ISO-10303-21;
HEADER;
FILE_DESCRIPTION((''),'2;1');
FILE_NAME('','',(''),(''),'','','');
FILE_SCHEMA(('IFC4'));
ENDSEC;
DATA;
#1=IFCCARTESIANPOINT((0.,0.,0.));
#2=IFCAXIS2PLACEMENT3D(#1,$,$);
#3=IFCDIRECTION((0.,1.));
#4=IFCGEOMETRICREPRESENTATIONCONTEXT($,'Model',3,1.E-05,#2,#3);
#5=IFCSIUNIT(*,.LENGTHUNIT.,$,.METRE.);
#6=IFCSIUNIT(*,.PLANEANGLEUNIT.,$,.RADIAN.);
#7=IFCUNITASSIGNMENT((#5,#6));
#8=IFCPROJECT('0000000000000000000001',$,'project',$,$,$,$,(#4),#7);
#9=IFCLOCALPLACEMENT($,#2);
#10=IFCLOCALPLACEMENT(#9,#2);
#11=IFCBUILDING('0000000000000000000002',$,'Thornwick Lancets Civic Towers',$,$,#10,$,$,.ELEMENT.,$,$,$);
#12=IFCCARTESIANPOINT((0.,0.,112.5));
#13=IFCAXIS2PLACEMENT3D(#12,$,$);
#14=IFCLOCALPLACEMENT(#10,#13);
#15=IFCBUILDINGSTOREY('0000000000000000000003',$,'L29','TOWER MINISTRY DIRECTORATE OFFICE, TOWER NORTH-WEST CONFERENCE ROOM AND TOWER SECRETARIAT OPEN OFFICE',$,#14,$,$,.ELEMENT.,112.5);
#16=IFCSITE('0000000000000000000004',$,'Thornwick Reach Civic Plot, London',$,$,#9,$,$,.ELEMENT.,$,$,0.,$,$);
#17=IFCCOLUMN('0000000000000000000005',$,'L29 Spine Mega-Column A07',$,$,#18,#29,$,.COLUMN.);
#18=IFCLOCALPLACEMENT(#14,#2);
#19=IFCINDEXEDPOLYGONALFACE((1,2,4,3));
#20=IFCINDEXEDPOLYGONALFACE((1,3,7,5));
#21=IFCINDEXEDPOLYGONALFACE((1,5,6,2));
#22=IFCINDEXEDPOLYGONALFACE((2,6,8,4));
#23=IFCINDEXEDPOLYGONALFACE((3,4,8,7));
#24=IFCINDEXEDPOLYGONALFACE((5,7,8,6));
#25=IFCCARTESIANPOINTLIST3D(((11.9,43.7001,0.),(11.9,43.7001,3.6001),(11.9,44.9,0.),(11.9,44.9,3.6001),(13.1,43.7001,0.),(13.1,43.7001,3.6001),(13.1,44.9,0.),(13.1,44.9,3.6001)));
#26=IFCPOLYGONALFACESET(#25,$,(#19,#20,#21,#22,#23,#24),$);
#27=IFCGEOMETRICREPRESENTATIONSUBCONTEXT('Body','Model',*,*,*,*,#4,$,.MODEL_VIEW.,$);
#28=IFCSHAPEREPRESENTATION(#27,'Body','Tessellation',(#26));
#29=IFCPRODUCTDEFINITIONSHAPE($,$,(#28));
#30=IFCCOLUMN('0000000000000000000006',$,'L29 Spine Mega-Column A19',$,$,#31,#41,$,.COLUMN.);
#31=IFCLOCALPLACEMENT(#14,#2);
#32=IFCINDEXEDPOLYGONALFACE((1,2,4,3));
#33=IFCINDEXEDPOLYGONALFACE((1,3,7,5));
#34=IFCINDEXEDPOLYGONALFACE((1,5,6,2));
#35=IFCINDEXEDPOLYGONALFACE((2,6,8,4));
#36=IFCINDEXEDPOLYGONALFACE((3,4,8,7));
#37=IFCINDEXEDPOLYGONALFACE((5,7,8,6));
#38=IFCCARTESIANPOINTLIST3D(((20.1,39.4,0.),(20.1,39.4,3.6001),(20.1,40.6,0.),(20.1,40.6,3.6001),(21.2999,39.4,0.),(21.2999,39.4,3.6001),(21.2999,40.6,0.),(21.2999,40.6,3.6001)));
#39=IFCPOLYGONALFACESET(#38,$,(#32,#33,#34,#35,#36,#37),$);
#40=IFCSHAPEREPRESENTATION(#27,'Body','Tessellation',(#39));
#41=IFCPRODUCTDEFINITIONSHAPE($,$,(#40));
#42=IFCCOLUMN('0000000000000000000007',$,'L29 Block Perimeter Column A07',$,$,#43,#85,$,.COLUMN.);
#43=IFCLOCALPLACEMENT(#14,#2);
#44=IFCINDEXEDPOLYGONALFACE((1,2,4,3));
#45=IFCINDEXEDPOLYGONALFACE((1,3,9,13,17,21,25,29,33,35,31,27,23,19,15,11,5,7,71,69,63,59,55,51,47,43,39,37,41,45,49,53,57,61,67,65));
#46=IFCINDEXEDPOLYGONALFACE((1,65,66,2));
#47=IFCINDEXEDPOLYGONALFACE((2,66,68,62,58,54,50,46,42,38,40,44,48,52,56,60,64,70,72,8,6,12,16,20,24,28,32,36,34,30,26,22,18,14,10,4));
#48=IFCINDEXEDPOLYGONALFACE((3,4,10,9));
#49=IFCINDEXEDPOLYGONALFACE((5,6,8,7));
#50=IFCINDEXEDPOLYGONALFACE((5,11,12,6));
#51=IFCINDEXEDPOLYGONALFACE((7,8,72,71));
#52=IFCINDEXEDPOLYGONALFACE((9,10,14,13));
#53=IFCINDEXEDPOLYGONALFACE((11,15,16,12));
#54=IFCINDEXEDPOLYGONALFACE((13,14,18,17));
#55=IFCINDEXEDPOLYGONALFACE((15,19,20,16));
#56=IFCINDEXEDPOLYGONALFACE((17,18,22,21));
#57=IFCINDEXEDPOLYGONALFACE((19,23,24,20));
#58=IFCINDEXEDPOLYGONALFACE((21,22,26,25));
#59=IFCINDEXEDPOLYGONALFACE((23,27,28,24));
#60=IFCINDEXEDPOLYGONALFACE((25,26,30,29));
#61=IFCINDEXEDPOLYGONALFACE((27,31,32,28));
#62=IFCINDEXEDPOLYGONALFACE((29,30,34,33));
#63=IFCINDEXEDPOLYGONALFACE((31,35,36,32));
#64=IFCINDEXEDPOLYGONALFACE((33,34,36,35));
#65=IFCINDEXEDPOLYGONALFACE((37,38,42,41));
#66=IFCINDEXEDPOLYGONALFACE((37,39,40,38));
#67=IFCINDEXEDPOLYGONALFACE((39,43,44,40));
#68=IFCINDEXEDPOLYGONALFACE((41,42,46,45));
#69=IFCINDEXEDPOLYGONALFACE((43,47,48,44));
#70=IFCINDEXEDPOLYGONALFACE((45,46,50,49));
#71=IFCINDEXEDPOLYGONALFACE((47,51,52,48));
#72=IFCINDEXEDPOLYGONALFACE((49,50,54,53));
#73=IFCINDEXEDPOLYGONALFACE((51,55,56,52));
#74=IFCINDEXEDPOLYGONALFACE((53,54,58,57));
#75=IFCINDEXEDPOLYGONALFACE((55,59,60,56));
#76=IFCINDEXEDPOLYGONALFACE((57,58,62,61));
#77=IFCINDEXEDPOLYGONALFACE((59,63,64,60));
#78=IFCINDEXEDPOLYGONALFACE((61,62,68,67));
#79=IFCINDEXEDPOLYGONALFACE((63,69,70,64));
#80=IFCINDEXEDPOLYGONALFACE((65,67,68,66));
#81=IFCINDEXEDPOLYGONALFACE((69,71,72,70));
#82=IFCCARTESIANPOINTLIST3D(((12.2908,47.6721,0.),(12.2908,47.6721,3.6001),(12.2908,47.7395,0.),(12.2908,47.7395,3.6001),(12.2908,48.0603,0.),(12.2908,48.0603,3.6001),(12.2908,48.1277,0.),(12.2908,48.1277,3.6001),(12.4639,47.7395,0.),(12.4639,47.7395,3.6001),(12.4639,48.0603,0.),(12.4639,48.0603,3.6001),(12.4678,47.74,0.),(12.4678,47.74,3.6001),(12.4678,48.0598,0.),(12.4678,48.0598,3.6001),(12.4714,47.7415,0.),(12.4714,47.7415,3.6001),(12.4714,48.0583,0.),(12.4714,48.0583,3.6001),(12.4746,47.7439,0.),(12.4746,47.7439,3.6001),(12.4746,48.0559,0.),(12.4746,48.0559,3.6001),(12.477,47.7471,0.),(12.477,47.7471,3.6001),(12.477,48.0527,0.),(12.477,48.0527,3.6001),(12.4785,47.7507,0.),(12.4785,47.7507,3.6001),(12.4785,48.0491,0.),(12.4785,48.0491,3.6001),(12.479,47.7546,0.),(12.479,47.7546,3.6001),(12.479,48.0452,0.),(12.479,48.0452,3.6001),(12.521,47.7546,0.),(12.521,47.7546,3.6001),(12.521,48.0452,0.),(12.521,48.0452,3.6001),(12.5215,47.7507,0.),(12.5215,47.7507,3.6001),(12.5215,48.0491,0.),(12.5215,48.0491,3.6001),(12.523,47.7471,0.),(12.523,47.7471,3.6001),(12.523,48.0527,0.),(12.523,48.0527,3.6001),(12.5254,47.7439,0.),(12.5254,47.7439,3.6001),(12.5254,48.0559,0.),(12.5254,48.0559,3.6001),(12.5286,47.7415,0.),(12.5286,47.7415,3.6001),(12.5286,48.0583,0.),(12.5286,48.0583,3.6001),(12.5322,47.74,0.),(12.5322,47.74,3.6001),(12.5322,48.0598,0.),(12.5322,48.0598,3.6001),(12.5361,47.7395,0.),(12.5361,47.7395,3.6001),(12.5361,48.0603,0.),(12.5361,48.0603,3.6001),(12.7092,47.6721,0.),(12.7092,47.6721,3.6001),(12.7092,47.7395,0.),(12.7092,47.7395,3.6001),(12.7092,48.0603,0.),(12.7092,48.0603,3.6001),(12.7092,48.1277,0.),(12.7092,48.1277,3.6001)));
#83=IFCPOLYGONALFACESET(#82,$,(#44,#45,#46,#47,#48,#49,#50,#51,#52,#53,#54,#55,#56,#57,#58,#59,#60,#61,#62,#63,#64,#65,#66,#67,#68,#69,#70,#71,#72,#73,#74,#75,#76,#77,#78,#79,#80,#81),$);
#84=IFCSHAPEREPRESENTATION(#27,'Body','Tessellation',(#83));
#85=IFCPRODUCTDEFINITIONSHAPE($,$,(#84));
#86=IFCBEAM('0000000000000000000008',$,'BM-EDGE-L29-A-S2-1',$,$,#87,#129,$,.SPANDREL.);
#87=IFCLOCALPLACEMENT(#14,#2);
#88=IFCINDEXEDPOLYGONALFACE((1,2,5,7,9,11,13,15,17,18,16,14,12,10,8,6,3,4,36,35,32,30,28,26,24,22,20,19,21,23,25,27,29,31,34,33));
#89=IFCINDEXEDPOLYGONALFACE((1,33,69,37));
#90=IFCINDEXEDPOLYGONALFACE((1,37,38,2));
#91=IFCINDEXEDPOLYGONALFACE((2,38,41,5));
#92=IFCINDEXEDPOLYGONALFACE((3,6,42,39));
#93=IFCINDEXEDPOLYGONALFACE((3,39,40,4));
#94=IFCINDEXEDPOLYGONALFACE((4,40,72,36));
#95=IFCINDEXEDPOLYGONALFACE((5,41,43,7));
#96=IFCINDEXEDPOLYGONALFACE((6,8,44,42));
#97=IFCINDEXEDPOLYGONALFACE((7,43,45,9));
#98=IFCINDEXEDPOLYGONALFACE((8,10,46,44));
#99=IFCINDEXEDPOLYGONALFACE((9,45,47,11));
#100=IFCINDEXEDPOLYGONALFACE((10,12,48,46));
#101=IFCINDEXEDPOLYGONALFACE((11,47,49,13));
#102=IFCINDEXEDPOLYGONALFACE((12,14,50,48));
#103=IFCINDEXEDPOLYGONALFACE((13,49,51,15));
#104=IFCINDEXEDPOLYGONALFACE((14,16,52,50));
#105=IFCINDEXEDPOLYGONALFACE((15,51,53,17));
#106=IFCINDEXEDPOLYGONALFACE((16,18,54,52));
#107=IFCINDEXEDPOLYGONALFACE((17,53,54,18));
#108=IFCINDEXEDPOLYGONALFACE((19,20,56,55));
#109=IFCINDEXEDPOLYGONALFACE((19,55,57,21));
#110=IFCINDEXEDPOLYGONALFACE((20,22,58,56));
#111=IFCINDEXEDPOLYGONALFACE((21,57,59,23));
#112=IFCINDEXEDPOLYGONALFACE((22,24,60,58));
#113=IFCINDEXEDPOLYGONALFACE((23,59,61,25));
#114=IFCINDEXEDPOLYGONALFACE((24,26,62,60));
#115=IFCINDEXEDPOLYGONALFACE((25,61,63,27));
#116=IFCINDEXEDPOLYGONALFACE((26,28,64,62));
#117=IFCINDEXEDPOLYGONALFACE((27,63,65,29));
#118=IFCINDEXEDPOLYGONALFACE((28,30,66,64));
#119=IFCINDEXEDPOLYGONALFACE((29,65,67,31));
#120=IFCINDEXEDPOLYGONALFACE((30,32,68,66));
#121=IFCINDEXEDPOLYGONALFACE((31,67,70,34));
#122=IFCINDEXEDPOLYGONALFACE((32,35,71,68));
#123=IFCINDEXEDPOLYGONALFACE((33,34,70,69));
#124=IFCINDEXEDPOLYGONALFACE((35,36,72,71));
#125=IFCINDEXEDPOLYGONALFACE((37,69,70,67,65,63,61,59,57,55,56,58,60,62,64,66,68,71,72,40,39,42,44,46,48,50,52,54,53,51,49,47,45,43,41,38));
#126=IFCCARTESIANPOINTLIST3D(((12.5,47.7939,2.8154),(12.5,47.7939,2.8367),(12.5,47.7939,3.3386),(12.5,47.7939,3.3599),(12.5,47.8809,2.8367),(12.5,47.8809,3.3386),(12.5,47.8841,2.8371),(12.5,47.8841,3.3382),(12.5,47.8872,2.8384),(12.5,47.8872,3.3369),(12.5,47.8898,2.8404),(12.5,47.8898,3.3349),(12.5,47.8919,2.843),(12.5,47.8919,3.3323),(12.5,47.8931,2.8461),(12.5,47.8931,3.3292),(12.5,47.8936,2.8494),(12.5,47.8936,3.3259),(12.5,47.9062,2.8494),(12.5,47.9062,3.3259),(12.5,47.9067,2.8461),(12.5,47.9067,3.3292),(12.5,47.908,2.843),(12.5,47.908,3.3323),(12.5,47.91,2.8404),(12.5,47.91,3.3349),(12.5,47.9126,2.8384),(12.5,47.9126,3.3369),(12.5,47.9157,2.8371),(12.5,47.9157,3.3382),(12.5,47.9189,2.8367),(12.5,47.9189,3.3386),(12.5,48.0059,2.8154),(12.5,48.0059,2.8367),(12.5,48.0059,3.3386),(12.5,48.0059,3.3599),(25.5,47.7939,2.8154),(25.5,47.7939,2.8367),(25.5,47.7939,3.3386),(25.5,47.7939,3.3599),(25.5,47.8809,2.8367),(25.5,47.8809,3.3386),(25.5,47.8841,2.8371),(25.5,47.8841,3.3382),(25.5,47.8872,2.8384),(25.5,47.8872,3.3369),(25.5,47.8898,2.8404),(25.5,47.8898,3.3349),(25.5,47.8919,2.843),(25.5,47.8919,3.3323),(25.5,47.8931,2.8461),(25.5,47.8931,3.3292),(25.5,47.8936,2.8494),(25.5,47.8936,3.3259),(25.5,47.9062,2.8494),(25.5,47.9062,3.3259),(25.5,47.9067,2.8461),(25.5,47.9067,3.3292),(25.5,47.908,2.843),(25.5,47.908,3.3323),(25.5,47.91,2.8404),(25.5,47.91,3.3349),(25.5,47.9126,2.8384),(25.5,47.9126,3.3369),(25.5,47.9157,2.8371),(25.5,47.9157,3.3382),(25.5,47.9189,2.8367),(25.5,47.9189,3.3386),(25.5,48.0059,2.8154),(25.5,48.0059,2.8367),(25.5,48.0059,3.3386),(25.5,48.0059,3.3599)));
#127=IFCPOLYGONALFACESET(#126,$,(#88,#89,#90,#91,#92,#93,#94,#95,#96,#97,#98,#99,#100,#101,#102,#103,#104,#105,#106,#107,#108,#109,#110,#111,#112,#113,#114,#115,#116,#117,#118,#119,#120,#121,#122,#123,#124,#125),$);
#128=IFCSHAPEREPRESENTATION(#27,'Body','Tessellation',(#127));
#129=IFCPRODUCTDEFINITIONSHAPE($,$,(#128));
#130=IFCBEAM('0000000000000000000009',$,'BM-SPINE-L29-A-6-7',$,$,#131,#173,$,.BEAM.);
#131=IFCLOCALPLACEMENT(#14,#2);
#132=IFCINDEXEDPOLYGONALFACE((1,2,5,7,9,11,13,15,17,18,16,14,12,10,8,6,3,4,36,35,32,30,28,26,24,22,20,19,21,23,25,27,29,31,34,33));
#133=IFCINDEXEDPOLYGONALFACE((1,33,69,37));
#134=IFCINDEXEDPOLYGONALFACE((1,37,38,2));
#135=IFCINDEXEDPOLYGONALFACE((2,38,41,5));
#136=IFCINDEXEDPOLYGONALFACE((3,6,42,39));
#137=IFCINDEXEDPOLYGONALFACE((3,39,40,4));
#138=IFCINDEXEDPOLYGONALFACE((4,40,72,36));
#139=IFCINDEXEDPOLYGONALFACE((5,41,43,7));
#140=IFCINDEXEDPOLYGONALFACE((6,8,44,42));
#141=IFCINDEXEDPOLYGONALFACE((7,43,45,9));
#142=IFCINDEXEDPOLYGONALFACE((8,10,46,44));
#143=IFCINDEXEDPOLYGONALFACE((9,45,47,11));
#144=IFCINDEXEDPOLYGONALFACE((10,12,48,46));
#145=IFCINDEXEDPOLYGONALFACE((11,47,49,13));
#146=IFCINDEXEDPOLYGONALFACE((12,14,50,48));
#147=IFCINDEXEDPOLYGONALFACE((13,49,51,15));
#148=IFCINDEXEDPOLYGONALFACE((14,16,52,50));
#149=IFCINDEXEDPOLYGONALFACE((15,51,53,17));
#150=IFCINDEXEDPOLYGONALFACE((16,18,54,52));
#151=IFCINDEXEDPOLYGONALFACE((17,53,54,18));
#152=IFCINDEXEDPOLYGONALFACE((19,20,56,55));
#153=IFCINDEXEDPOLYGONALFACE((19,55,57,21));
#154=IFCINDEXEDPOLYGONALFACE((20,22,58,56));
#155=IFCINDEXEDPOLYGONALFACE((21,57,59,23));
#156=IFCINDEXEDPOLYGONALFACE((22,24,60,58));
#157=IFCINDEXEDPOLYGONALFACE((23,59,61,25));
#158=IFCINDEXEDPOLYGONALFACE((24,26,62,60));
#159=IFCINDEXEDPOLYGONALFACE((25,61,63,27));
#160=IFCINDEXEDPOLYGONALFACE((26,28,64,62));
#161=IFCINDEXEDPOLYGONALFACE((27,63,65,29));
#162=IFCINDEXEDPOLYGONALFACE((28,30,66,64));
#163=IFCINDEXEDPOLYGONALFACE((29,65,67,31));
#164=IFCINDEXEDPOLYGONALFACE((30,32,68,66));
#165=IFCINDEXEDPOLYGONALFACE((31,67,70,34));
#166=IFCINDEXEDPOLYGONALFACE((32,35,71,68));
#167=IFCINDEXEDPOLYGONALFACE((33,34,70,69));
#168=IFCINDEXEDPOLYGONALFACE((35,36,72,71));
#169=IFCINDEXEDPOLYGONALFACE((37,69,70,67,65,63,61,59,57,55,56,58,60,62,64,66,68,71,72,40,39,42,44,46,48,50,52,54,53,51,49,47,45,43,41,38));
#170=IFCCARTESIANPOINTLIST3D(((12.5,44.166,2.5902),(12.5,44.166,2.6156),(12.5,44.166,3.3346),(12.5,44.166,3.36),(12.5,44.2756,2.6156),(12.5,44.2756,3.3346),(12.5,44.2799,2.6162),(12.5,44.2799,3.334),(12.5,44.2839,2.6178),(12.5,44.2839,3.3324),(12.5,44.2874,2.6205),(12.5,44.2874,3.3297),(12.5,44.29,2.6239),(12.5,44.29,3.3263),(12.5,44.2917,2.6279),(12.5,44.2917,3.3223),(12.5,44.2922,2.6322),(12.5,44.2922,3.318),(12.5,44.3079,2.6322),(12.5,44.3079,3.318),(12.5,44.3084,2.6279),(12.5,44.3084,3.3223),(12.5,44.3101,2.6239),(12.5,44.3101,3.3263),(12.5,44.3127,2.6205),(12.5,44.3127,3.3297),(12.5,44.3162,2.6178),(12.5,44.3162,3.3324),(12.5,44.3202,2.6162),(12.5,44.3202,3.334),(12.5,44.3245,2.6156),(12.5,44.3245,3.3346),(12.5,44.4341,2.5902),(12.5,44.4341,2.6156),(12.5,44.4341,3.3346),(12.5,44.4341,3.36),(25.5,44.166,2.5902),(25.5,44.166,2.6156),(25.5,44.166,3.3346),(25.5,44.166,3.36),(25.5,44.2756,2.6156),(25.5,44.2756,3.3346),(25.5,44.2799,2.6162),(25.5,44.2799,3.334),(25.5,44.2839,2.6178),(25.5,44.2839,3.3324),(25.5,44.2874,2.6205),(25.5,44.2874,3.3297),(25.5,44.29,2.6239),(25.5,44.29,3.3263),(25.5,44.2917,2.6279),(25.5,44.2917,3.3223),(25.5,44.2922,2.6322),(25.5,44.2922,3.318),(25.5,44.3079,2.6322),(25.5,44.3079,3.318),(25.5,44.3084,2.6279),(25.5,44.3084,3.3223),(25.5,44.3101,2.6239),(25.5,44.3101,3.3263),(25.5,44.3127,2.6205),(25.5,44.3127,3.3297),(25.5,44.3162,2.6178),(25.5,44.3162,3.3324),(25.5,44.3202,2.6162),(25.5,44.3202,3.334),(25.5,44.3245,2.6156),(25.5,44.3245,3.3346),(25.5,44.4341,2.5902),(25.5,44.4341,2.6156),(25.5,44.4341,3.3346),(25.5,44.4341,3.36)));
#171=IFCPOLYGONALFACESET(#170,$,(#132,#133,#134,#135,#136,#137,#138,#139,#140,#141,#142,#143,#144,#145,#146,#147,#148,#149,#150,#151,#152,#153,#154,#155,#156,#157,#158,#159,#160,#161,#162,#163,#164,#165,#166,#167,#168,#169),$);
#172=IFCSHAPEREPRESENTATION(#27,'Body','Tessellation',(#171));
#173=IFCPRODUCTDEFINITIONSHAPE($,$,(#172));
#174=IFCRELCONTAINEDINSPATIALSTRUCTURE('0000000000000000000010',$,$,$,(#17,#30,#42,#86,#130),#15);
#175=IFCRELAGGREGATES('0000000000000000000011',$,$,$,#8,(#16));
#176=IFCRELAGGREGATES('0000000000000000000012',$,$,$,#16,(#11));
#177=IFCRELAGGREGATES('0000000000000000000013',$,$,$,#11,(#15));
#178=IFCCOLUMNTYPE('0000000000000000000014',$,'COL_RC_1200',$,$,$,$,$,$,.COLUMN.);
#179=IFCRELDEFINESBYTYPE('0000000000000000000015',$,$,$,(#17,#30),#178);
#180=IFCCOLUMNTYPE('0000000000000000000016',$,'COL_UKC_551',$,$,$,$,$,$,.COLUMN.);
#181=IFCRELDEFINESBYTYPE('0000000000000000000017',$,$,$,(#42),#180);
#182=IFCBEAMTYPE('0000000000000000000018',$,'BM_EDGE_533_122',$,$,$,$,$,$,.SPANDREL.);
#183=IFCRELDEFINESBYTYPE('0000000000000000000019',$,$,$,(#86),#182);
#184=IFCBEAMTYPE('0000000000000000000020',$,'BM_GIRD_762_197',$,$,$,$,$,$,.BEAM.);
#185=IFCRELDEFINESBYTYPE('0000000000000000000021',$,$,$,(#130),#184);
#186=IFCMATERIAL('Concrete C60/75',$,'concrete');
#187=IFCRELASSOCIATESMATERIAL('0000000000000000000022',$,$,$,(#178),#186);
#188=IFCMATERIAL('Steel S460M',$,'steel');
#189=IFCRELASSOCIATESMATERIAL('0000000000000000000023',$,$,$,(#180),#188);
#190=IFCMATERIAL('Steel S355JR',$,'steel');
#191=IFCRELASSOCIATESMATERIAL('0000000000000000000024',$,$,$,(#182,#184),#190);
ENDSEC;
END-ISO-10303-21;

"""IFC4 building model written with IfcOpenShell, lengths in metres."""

from ifc_helpers import new_model, si_unit, direction, frame, origin, origin_2d, place, context, subcontext, project, spatial, rectangle, i_section, extrude, material, material_profile, profile_set, type_object, element, save


model = new_model("IFC4")

# Units and contexts
model_context = context("Model", 3, precision=1e-05, world=origin(), true_north=direction((0.0, 1.0)))
body_context = subcontext(model_context, "Body", "Model", "MODEL_VIEW")
ifc_project = project(units=[si_unit("LENGTHUNIT", "METRE"), si_unit("PLANEANGLEUNIT", "RADIAN")], contexts=[model_context])

# Site, building, storey
site_placement = place(None, origin())
site = spatial("IfcSite", under=ifc_project, at=site_placement, Name="Thornwick Reach Civic Plot, London", CompositionType="ELEMENT", RefElevation=0.0)
building_placement = place(site_placement, origin())
building = spatial("IfcBuilding", under=site, at=building_placement, Name="Thornwick Lancets Civic Towers", CompositionType="ELEMENT")
storey_placement = place(building_placement, frame((0.0, 0.0, 112.5)))
storey = spatial("IfcBuildingStorey", under=building, at=storey_placement, Name="L29", Description="TOWER MINISTRY DIRECTORATE OFFICE, TOWER NORTH-WEST CONFERENCE ROOM AND TOWER SECRETARIAT OPEN OFFICE", CompositionType="ELEMENT", Elevation=112.5)

# Columns
ifc_material_1 = material(Name="Concrete C60/75", Category="concrete")
ifc_material_profile_1 = material_profile(ifc_material_1, rectangle(XDim=1.2, YDim=1.2, at=origin_2d()), Name="RC 1200x1200")
ifc_profile_set_1 = profile_set([ifc_material_profile_1], Name="Concrete C60/75")
column_type_1 = type_object("IfcColumnType", Name="COL_RC_1200", PredefinedType="COLUMN", material=ifc_profile_set_1)
for number, where, z_axis, x_axis, name in (
    (1, (12.5, 44.3, 0.0), (0.0, 0.0, 1.0), (1.0, 0.0, 0.0), "L29 Spine Mega-Column A07"),
    (2, (20.7, 40.0, 0.0), (0.0, 0.0, 1.0), (1.0, 0.0, 0.0), "L29 Spine Mega-Column A19"),
):
    element("IfcColumn", number, at=place(storey_placement, frame(where, z_axis=z_axis, x_axis=x_axis)), inside=storey, type_object=column_type_1, Name=name, PredefinedType="COLUMN", context=body_context, shape_type="SweptSolid", body=[
        extrude(rectangle(XDim=1.2, YDim=1.2, at=origin_2d()), origin(), (0.0, 0.0, 1.0), 3.6001),
    ])
ifc_material_2 = material(Name="Steel S460M", Category="steel")
ifc_material_profile_2 = material_profile(ifc_material_2, i_section(OverallWidth=0.4185, OverallDepth=0.4556, WebThickness=0.042, FlangeThickness=0.0674, FilletRadius=0.0151, at=origin_2d()), Name="UKC 356x406x551")
ifc_profile_set_2 = profile_set([ifc_material_profile_2], Name="Steel S460M")
column_type_2 = type_object("IfcColumnType", Name="COL_UKC_551", PredefinedType="COLUMN", material=ifc_profile_set_2)
column_placement = place(storey_placement, frame((12.5, 47.8999, 0.0), z_axis=(0.0, 0.0, 1.0), x_axis=(1.0, 0.0, 0.0)))
element("IfcColumn", 3, at=column_placement, inside=storey, type_object=column_type_2, Name="L29 Block Perimeter Column A07", PredefinedType="COLUMN", context=body_context, shape_type="SweptSolid", body=[
    extrude(i_section(OverallWidth=0.4185, OverallDepth=0.4556, WebThickness=0.042, FlangeThickness=0.0674, FilletRadius=0.0151, at=origin_2d()), origin(), (0.0, 0.0, 1.0), 3.6001),
])

# Beams
ifc_material_3 = material(Name="Steel S355JR", Category="steel")
ifc_material_profile_3 = material_profile(ifc_material_3, i_section(OverallWidth=0.2119, OverallDepth=0.5444, WebThickness=0.0127, FlangeThickness=0.0212, FilletRadius=0.0127, at=origin_2d()), Name="UKB 533x210x122")
ifc_profile_set_3 = profile_set([ifc_material_profile_3], Name="Steel S355JR")
beam_type_1 = type_object("IfcBeamType", Name="BM_EDGE_533_122", PredefinedType="SPANDREL", material=ifc_profile_set_3)
beam_1_placement = place(storey_placement, frame((12.5, 47.8999, 3.0876), z_axis=(1.0, 0.0, 0.0), x_axis=(0.0, 1.0, 0.0)))
element("IfcBeam", 4, at=beam_1_placement, inside=storey, type_object=beam_type_1, Name="BM-EDGE-L29-A-S2-1", PredefinedType="SPANDREL", context=body_context, shape_type="SweptSolid", body=[
    extrude(i_section(OverallWidth=0.2119, OverallDepth=0.5444, WebThickness=0.0127, FlangeThickness=0.0212, FilletRadius=0.0127, at=origin_2d()), origin(), (0.0, 0.0, 1.0), 13.0),
])
ifc_material_profile_4 = material_profile(ifc_material_3, i_section(OverallWidth=0.2681, OverallDepth=0.7698, WebThickness=0.0156, FlangeThickness=0.0254, FilletRadius=0.0166, at=origin_2d()), Name="UKB 762x267x197")
ifc_profile_set_4 = profile_set([ifc_material_profile_4], Name="Steel S355JR")
beam_type_2 = type_object("IfcBeamType", Name="BM_GIRD_762_197", PredefinedType="BEAM", material=ifc_profile_set_4)
beam_2_placement = place(storey_placement, frame((12.5, 44.3, 2.9751), z_axis=(1.0, 0.0, 0.0), x_axis=(0.0, 1.0, 0.0)))
element("IfcBeam", 5, at=beam_2_placement, inside=storey, type_object=beam_type_2, Name="BM-SPINE-L29-A-6-7", PredefinedType="BEAM", context=body_context, shape_type="SweptSolid", body=[
    extrude(i_section(OverallWidth=0.2681, OverallDepth=0.7698, WebThickness=0.0156, FlangeThickness=0.0254, FilletRadius=0.0166, at=origin_2d()), origin(), (0.0, 0.0, 1.0), 13.0),
])

save(model, "model.ifc")
